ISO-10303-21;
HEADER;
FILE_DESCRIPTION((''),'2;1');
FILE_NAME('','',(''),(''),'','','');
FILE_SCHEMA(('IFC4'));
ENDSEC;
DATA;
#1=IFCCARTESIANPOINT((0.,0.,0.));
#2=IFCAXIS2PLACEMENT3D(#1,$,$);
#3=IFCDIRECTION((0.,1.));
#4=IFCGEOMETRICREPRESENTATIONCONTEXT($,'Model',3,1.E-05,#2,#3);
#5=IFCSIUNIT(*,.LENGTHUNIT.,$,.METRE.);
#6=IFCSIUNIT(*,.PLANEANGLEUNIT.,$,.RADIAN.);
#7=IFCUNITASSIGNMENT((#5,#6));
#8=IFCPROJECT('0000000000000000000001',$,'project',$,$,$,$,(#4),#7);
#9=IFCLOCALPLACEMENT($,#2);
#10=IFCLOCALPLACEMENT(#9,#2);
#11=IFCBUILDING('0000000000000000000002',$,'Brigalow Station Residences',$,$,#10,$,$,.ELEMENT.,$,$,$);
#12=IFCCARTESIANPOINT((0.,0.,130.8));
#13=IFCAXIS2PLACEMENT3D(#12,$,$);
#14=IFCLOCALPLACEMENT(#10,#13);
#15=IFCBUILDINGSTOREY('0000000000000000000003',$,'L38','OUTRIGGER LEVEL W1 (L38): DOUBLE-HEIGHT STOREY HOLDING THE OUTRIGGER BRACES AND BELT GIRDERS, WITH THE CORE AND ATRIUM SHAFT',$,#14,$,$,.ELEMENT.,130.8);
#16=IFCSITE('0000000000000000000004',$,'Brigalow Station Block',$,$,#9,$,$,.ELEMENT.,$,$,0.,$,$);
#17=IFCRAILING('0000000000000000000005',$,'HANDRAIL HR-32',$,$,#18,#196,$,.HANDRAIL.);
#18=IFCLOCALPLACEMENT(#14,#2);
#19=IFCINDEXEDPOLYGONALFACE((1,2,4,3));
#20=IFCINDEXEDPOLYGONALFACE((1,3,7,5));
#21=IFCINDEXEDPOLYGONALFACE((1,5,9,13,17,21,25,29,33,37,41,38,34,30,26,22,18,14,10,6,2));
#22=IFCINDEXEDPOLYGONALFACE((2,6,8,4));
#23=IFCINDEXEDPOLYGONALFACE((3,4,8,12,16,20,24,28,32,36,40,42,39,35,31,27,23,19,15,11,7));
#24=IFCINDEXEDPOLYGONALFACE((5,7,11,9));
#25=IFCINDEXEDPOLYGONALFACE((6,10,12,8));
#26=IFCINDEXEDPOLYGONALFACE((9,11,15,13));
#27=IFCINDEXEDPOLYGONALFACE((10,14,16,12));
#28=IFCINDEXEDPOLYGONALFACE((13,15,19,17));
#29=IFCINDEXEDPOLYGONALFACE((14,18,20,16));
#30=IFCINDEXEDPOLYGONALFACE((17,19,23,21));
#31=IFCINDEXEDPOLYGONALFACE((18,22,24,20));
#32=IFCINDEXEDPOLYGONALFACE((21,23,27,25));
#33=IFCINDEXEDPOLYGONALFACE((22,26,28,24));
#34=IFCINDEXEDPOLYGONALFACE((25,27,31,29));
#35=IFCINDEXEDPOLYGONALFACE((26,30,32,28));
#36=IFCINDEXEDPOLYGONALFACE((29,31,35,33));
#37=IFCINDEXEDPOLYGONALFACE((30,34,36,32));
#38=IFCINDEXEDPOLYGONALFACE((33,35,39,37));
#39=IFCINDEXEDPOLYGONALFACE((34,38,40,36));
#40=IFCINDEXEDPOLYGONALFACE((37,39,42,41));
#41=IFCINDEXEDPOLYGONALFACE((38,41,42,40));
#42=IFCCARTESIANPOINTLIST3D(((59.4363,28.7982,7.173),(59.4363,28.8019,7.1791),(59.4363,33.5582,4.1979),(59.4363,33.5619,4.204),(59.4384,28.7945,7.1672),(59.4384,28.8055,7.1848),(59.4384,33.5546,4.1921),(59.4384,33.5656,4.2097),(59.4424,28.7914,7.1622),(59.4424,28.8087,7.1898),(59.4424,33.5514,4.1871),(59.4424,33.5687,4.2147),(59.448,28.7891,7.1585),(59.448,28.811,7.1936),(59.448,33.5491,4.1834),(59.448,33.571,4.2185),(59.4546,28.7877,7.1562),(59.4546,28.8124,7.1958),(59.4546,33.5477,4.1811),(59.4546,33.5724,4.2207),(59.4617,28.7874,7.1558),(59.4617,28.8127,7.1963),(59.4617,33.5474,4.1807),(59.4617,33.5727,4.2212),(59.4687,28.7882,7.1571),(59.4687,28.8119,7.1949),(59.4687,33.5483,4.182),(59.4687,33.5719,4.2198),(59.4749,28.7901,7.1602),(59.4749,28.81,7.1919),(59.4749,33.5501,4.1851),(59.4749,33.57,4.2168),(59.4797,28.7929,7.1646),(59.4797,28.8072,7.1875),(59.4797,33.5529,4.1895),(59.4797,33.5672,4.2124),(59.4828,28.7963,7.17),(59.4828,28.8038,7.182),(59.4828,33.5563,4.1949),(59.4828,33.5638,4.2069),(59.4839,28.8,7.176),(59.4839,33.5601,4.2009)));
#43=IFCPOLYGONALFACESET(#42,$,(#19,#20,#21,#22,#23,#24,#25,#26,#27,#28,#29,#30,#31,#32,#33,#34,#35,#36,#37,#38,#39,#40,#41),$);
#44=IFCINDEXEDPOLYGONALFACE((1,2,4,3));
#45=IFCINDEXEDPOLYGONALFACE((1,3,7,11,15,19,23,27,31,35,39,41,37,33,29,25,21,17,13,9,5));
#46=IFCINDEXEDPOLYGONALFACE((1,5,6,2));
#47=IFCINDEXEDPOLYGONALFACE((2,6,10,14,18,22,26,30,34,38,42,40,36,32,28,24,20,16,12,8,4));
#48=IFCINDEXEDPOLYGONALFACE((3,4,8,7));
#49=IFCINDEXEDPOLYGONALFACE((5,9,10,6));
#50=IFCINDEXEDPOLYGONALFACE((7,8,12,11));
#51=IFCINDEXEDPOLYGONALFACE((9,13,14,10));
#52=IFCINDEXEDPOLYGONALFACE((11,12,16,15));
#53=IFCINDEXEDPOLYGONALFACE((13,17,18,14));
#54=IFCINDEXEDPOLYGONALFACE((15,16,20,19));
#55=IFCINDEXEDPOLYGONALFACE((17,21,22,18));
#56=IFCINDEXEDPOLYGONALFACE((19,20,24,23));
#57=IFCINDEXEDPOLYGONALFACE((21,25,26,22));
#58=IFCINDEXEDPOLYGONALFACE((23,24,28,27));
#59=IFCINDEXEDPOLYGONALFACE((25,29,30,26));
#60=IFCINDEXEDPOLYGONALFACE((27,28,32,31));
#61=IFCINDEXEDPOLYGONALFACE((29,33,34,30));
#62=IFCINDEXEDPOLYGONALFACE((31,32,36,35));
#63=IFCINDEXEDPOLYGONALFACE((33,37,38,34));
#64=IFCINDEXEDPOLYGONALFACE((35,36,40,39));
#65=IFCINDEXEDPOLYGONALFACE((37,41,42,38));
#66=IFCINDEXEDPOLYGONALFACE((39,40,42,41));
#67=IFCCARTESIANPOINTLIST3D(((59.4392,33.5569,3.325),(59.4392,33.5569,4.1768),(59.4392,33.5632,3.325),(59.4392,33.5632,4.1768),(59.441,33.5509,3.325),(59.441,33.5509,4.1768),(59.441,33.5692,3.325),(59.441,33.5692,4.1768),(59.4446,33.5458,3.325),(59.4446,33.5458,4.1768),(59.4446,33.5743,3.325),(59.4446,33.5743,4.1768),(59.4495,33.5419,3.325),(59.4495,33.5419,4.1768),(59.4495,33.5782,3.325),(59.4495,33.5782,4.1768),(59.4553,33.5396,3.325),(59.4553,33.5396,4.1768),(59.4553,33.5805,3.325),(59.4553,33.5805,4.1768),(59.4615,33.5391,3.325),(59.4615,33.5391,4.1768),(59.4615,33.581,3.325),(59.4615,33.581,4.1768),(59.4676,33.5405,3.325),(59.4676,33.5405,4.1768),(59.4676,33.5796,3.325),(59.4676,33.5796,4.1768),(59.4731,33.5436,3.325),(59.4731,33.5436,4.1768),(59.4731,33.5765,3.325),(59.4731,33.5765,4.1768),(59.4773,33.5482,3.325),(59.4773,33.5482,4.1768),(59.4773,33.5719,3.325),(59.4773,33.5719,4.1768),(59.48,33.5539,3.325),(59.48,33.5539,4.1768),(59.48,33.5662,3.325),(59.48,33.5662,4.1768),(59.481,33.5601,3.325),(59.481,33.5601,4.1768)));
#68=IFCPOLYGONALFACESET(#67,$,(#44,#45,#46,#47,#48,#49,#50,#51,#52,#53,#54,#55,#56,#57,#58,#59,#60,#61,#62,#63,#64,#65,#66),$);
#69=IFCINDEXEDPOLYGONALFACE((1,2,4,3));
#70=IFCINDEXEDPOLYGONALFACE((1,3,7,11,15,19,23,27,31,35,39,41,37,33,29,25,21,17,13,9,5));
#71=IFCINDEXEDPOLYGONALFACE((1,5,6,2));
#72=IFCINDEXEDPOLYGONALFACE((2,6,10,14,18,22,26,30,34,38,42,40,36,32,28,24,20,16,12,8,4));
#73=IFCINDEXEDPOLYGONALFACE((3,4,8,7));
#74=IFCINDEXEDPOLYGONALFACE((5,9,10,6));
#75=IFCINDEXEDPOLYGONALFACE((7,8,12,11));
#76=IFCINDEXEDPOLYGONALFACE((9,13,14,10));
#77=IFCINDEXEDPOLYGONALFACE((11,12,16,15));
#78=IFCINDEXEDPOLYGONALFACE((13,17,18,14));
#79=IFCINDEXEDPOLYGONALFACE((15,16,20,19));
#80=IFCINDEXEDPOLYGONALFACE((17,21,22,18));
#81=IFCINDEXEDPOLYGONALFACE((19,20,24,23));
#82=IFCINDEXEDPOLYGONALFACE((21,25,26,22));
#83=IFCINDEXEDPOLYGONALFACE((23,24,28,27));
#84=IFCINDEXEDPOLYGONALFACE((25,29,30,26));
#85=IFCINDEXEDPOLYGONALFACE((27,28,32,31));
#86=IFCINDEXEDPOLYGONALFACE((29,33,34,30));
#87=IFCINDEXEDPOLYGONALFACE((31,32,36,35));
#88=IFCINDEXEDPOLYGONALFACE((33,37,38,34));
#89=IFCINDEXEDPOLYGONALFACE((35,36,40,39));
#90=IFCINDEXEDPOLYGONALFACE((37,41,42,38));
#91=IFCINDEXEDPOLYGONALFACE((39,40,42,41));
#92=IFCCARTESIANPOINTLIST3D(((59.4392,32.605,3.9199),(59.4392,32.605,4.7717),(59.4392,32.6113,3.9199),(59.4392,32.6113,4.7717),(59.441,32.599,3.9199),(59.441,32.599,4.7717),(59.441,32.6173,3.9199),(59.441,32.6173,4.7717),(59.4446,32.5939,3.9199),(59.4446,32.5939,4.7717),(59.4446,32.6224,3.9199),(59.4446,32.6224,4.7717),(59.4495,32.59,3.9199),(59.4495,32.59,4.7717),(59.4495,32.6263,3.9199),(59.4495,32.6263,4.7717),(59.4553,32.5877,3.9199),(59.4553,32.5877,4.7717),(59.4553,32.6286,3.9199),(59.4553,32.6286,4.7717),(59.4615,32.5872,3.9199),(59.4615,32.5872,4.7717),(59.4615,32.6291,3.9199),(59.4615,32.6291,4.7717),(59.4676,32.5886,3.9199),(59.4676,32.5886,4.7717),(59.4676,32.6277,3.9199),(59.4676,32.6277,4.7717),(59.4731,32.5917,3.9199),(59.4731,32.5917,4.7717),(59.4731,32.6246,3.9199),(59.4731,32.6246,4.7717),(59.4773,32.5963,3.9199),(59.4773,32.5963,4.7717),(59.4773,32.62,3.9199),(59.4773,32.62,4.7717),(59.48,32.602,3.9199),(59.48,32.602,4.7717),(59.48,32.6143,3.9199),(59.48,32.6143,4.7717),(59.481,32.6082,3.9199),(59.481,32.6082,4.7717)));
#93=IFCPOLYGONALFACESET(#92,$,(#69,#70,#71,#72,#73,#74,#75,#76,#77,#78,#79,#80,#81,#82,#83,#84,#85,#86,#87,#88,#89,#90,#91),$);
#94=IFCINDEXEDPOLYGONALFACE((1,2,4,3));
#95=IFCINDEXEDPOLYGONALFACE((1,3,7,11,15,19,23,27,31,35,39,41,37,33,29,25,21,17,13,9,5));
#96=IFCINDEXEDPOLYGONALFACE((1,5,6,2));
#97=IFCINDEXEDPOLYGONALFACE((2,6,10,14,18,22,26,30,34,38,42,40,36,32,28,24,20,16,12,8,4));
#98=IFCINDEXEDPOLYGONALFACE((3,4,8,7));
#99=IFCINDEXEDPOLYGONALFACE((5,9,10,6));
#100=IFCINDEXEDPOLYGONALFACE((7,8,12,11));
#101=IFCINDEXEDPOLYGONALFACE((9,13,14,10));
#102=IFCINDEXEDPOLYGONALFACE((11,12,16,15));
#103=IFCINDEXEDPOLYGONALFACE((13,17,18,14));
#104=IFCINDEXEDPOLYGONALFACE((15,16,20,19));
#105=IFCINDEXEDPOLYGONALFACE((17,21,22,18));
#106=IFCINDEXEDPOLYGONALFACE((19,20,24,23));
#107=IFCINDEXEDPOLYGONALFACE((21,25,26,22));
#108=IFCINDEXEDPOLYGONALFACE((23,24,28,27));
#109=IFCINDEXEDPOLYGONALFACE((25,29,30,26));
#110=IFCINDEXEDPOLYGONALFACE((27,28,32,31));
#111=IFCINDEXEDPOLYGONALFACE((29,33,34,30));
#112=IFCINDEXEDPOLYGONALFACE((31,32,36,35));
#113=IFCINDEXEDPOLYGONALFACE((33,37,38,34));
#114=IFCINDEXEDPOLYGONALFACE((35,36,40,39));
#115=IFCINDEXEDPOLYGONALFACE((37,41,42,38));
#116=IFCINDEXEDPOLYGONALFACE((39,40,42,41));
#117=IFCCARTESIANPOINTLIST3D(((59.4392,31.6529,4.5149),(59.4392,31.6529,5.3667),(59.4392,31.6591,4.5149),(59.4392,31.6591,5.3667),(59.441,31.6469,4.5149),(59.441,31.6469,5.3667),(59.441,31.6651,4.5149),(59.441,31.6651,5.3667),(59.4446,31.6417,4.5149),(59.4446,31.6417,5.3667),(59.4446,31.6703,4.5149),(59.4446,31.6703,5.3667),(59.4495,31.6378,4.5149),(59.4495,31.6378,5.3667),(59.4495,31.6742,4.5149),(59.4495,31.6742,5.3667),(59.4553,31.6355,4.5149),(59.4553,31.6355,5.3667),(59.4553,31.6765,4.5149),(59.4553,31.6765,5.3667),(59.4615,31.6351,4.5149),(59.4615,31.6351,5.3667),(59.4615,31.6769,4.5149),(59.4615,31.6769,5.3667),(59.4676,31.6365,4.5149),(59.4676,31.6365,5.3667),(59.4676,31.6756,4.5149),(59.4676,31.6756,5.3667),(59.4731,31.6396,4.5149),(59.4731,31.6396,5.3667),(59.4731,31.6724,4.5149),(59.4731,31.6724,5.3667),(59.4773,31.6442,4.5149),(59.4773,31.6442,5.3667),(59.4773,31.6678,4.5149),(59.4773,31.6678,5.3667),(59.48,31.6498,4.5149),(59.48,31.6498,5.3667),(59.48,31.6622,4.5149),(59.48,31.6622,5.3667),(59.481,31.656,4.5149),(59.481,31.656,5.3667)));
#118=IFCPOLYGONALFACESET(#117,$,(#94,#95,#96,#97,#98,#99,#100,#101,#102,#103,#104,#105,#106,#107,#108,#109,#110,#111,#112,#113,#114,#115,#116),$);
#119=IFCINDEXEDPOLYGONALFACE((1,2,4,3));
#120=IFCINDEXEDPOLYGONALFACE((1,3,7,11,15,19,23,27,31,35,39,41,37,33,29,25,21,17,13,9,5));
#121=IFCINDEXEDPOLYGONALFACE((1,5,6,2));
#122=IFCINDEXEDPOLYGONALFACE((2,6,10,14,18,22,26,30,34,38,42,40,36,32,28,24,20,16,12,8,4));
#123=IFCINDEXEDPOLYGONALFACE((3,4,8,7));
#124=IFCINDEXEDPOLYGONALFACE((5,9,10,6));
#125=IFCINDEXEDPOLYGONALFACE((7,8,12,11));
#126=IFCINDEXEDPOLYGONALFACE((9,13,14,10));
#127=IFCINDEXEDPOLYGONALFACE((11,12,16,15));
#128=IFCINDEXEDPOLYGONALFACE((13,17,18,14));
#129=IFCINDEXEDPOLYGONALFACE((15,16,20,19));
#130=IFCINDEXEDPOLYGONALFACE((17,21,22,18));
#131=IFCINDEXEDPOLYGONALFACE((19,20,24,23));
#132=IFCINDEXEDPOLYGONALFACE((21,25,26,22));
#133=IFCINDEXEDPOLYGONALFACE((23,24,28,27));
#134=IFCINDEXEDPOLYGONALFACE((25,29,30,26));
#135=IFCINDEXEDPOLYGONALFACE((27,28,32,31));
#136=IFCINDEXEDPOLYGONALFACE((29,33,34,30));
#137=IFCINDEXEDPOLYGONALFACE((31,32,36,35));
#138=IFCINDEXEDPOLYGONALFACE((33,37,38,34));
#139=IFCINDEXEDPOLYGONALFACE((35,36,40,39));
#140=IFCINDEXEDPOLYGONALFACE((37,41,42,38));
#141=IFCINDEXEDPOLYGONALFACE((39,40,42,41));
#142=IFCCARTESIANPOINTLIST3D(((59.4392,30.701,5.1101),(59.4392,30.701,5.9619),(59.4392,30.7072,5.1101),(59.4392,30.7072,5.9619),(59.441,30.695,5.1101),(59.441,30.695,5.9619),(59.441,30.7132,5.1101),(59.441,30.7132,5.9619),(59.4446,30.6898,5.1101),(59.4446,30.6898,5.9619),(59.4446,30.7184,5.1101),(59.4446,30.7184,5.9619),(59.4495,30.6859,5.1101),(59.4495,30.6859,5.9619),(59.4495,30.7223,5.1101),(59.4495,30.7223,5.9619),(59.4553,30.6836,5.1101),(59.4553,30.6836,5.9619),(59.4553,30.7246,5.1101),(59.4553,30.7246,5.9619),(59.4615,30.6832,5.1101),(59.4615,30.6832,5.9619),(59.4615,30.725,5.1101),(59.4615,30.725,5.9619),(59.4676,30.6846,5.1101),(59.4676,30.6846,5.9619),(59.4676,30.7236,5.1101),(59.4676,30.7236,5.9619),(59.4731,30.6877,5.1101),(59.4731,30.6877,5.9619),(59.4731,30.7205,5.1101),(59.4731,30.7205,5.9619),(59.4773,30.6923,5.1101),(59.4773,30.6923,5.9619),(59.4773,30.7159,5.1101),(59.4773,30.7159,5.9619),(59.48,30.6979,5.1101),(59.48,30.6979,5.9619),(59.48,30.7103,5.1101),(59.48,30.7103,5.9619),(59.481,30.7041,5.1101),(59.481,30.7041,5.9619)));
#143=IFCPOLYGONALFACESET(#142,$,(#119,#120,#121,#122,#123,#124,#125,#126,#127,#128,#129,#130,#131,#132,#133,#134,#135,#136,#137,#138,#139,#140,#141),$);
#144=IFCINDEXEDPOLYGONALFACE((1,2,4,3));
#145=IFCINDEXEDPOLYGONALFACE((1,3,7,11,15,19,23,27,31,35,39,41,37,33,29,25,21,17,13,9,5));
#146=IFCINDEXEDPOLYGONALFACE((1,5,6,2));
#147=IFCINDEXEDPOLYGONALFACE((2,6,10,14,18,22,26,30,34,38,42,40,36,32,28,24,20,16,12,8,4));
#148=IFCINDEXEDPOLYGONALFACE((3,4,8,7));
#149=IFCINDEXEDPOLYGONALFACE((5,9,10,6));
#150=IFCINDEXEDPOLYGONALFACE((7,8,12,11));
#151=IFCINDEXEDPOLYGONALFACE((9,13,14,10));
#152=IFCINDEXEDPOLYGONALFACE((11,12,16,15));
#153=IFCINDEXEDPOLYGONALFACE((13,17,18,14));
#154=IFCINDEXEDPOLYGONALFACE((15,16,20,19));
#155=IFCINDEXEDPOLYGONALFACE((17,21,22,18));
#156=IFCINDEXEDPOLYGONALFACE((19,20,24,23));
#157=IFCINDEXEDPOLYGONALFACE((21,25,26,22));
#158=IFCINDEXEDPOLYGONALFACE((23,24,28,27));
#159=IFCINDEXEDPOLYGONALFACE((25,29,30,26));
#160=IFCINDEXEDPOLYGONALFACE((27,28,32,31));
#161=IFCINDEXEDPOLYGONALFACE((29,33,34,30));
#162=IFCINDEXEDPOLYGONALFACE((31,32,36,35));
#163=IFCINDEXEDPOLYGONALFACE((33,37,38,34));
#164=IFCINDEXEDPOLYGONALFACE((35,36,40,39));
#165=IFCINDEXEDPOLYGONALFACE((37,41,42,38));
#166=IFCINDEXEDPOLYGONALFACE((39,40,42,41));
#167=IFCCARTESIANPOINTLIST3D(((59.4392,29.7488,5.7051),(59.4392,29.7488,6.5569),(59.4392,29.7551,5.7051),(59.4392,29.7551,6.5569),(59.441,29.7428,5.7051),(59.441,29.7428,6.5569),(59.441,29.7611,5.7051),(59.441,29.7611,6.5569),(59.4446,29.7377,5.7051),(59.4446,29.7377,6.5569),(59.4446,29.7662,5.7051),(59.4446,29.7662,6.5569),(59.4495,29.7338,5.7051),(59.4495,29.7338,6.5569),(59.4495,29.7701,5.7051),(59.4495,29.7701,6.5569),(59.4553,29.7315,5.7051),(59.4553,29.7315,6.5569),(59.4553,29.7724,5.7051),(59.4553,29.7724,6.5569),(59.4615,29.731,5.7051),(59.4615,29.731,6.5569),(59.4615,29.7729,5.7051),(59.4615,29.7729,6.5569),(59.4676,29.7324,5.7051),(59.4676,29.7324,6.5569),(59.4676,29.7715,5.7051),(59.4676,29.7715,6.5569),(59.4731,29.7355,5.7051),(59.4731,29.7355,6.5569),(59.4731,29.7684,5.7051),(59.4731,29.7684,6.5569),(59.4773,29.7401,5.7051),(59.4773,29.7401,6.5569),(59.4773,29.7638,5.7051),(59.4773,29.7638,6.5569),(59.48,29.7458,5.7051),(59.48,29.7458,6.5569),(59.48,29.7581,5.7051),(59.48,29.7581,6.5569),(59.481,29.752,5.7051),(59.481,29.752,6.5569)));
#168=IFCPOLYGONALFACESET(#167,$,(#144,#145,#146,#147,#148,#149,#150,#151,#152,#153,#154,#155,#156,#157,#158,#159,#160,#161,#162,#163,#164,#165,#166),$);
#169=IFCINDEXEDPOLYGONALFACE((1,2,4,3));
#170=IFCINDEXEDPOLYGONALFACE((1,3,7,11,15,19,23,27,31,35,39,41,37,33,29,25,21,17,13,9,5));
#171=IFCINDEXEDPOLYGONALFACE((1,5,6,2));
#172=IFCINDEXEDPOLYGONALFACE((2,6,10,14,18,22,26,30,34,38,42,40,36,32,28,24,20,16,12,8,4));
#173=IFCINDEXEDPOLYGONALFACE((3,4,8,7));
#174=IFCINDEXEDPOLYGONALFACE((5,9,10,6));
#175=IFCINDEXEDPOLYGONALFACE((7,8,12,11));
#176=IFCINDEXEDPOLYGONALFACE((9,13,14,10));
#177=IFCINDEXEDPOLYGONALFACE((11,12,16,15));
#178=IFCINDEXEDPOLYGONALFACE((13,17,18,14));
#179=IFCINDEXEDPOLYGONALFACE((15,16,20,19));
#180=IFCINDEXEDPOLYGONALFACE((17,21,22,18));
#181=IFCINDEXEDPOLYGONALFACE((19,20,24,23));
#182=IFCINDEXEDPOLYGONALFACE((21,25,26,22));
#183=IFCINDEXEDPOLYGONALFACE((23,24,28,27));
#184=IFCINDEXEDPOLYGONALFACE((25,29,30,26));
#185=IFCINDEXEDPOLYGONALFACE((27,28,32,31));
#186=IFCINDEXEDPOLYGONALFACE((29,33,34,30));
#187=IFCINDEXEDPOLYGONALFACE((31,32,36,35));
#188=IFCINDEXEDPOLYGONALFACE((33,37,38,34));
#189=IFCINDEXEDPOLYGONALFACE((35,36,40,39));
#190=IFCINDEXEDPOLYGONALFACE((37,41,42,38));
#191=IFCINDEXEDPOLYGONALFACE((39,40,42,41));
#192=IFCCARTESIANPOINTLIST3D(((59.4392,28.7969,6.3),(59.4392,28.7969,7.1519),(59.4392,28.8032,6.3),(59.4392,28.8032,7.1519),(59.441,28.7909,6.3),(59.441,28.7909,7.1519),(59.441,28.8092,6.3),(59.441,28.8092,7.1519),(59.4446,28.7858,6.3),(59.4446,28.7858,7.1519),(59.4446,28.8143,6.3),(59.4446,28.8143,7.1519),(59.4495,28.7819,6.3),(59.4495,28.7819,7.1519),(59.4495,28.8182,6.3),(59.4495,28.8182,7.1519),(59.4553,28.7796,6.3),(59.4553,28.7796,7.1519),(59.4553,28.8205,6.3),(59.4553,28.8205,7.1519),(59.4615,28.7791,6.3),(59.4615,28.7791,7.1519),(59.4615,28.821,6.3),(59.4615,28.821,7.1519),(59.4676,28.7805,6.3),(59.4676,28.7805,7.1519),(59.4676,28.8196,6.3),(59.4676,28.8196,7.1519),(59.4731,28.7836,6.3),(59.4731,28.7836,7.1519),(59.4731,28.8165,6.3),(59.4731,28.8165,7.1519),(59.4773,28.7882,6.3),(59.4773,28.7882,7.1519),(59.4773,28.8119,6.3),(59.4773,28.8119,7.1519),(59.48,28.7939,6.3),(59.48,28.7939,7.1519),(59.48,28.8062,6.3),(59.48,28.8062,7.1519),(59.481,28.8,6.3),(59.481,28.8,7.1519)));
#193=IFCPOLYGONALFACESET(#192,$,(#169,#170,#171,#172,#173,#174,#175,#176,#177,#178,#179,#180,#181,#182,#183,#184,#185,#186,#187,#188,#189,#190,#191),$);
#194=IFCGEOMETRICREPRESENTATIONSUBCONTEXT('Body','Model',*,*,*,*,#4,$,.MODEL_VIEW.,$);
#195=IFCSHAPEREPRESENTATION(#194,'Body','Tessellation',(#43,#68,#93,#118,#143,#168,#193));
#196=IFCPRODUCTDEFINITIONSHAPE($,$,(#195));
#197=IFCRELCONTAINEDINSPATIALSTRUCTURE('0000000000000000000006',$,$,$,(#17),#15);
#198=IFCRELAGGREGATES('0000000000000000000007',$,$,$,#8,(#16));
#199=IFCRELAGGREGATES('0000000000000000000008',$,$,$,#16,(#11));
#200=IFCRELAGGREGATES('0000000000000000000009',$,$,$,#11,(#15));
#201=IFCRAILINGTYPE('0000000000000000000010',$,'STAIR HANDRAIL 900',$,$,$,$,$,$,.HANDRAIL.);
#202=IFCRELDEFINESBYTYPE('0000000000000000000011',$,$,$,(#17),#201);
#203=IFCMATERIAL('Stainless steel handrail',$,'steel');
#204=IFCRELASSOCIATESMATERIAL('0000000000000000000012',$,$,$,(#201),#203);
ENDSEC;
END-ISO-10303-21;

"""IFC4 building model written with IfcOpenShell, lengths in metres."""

from ifc_helpers import new_model, si_unit, direction, frame, origin, origin_2d, place, context, subcontext, project, spatial, circle, extrude, material, type_object, element, save


model = new_model("IFC4")

# Units and contexts
model_context = context("Model", 3, precision=1e-05, world=origin(), true_north=direction((0.0, 1.0)))
body_context = subcontext(model_context, "Body", "Model", "MODEL_VIEW")
ifc_project = project(units=[si_unit("LENGTHUNIT", "METRE"), si_unit("PLANEANGLEUNIT", "RADIAN")], contexts=[model_context])

# Site, building, storey
site_placement = place(None, origin())
site = spatial("IfcSite", under=ifc_project, at=site_placement, Name="Brigalow Station Block", CompositionType="ELEMENT", RefElevation=0.0)
building_placement = place(site_placement, origin())
building = spatial("IfcBuilding", under=site, at=building_placement, Name="Brigalow Station Residences", CompositionType="ELEMENT")
storey_placement = place(building_placement, frame((0.0, 0.0, 130.8)))
storey = spatial("IfcBuildingStorey", under=building, at=storey_placement, Name="L38", Description="OUTRIGGER LEVEL W1 (L38): DOUBLE-HEIGHT STOREY HOLDING THE OUTRIGGER BRACES AND BELT GIRDERS, WITH THE CORE AND ATRIUM SHAFT", CompositionType="ELEMENT", Elevation=130.8)

# Railing
ifc_material_1 = material(Name="Stainless steel handrail", Category="steel")
railing_type_1 = type_object("IfcRailingType", Name="STAIR HANDRAIL 900", PredefinedType="HANDRAIL", material=ifc_material_1)
railing_1_placement = place(storey_placement, frame((59.46, 33.5601, 3.325)))
element("IfcRailing", 1, at=railing_1_placement, inside=storey, type_object=railing_type_1, Name="HANDRAIL HR-32", PredefinedType="HANDRAIL", context=body_context, shape_type="SweptSolid", body=[
    extrude(circle(Radius=0.0239, at=origin_2d()), frame((0.0, 0.0, 0.876), z_axis=(0.0, -0.847991, 0.530011), x_axis=(1.0, 0.0, 0.0)), (0.0, 0.0, 1.0), 5.6133),
    extrude(circle(Radius=0.021, at=origin_2d()), origin(), (0.0, 0.0, 1.0), 0.8518),
    extrude(circle(Radius=0.021, at=origin_2d()), frame((0.0, -0.9519, 0.595)), (0.0, 0.0, 1.0), 0.8518),
    extrude(circle(Radius=0.021, at=origin_2d()), frame((0.0, -1.9041, 1.1899)), (0.0, 0.0, 1.0), 0.8518),
    extrude(circle(Radius=0.021, at=origin_2d()), frame((0.0, -2.856, 1.7852)), (0.0, 0.0, 1.0), 0.8518),
    extrude(circle(Radius=0.021, at=origin_2d()), frame((0.0, -3.8081, 2.3801)), (0.0, 0.0, 1.0), 0.8518),
    extrude(circle(Radius=0.021, at=origin_2d()), frame((0.0, -4.76, 2.9751)), (0.0, 0.0, 1.0), 0.8518),
])

save(model, "model.ifc")
